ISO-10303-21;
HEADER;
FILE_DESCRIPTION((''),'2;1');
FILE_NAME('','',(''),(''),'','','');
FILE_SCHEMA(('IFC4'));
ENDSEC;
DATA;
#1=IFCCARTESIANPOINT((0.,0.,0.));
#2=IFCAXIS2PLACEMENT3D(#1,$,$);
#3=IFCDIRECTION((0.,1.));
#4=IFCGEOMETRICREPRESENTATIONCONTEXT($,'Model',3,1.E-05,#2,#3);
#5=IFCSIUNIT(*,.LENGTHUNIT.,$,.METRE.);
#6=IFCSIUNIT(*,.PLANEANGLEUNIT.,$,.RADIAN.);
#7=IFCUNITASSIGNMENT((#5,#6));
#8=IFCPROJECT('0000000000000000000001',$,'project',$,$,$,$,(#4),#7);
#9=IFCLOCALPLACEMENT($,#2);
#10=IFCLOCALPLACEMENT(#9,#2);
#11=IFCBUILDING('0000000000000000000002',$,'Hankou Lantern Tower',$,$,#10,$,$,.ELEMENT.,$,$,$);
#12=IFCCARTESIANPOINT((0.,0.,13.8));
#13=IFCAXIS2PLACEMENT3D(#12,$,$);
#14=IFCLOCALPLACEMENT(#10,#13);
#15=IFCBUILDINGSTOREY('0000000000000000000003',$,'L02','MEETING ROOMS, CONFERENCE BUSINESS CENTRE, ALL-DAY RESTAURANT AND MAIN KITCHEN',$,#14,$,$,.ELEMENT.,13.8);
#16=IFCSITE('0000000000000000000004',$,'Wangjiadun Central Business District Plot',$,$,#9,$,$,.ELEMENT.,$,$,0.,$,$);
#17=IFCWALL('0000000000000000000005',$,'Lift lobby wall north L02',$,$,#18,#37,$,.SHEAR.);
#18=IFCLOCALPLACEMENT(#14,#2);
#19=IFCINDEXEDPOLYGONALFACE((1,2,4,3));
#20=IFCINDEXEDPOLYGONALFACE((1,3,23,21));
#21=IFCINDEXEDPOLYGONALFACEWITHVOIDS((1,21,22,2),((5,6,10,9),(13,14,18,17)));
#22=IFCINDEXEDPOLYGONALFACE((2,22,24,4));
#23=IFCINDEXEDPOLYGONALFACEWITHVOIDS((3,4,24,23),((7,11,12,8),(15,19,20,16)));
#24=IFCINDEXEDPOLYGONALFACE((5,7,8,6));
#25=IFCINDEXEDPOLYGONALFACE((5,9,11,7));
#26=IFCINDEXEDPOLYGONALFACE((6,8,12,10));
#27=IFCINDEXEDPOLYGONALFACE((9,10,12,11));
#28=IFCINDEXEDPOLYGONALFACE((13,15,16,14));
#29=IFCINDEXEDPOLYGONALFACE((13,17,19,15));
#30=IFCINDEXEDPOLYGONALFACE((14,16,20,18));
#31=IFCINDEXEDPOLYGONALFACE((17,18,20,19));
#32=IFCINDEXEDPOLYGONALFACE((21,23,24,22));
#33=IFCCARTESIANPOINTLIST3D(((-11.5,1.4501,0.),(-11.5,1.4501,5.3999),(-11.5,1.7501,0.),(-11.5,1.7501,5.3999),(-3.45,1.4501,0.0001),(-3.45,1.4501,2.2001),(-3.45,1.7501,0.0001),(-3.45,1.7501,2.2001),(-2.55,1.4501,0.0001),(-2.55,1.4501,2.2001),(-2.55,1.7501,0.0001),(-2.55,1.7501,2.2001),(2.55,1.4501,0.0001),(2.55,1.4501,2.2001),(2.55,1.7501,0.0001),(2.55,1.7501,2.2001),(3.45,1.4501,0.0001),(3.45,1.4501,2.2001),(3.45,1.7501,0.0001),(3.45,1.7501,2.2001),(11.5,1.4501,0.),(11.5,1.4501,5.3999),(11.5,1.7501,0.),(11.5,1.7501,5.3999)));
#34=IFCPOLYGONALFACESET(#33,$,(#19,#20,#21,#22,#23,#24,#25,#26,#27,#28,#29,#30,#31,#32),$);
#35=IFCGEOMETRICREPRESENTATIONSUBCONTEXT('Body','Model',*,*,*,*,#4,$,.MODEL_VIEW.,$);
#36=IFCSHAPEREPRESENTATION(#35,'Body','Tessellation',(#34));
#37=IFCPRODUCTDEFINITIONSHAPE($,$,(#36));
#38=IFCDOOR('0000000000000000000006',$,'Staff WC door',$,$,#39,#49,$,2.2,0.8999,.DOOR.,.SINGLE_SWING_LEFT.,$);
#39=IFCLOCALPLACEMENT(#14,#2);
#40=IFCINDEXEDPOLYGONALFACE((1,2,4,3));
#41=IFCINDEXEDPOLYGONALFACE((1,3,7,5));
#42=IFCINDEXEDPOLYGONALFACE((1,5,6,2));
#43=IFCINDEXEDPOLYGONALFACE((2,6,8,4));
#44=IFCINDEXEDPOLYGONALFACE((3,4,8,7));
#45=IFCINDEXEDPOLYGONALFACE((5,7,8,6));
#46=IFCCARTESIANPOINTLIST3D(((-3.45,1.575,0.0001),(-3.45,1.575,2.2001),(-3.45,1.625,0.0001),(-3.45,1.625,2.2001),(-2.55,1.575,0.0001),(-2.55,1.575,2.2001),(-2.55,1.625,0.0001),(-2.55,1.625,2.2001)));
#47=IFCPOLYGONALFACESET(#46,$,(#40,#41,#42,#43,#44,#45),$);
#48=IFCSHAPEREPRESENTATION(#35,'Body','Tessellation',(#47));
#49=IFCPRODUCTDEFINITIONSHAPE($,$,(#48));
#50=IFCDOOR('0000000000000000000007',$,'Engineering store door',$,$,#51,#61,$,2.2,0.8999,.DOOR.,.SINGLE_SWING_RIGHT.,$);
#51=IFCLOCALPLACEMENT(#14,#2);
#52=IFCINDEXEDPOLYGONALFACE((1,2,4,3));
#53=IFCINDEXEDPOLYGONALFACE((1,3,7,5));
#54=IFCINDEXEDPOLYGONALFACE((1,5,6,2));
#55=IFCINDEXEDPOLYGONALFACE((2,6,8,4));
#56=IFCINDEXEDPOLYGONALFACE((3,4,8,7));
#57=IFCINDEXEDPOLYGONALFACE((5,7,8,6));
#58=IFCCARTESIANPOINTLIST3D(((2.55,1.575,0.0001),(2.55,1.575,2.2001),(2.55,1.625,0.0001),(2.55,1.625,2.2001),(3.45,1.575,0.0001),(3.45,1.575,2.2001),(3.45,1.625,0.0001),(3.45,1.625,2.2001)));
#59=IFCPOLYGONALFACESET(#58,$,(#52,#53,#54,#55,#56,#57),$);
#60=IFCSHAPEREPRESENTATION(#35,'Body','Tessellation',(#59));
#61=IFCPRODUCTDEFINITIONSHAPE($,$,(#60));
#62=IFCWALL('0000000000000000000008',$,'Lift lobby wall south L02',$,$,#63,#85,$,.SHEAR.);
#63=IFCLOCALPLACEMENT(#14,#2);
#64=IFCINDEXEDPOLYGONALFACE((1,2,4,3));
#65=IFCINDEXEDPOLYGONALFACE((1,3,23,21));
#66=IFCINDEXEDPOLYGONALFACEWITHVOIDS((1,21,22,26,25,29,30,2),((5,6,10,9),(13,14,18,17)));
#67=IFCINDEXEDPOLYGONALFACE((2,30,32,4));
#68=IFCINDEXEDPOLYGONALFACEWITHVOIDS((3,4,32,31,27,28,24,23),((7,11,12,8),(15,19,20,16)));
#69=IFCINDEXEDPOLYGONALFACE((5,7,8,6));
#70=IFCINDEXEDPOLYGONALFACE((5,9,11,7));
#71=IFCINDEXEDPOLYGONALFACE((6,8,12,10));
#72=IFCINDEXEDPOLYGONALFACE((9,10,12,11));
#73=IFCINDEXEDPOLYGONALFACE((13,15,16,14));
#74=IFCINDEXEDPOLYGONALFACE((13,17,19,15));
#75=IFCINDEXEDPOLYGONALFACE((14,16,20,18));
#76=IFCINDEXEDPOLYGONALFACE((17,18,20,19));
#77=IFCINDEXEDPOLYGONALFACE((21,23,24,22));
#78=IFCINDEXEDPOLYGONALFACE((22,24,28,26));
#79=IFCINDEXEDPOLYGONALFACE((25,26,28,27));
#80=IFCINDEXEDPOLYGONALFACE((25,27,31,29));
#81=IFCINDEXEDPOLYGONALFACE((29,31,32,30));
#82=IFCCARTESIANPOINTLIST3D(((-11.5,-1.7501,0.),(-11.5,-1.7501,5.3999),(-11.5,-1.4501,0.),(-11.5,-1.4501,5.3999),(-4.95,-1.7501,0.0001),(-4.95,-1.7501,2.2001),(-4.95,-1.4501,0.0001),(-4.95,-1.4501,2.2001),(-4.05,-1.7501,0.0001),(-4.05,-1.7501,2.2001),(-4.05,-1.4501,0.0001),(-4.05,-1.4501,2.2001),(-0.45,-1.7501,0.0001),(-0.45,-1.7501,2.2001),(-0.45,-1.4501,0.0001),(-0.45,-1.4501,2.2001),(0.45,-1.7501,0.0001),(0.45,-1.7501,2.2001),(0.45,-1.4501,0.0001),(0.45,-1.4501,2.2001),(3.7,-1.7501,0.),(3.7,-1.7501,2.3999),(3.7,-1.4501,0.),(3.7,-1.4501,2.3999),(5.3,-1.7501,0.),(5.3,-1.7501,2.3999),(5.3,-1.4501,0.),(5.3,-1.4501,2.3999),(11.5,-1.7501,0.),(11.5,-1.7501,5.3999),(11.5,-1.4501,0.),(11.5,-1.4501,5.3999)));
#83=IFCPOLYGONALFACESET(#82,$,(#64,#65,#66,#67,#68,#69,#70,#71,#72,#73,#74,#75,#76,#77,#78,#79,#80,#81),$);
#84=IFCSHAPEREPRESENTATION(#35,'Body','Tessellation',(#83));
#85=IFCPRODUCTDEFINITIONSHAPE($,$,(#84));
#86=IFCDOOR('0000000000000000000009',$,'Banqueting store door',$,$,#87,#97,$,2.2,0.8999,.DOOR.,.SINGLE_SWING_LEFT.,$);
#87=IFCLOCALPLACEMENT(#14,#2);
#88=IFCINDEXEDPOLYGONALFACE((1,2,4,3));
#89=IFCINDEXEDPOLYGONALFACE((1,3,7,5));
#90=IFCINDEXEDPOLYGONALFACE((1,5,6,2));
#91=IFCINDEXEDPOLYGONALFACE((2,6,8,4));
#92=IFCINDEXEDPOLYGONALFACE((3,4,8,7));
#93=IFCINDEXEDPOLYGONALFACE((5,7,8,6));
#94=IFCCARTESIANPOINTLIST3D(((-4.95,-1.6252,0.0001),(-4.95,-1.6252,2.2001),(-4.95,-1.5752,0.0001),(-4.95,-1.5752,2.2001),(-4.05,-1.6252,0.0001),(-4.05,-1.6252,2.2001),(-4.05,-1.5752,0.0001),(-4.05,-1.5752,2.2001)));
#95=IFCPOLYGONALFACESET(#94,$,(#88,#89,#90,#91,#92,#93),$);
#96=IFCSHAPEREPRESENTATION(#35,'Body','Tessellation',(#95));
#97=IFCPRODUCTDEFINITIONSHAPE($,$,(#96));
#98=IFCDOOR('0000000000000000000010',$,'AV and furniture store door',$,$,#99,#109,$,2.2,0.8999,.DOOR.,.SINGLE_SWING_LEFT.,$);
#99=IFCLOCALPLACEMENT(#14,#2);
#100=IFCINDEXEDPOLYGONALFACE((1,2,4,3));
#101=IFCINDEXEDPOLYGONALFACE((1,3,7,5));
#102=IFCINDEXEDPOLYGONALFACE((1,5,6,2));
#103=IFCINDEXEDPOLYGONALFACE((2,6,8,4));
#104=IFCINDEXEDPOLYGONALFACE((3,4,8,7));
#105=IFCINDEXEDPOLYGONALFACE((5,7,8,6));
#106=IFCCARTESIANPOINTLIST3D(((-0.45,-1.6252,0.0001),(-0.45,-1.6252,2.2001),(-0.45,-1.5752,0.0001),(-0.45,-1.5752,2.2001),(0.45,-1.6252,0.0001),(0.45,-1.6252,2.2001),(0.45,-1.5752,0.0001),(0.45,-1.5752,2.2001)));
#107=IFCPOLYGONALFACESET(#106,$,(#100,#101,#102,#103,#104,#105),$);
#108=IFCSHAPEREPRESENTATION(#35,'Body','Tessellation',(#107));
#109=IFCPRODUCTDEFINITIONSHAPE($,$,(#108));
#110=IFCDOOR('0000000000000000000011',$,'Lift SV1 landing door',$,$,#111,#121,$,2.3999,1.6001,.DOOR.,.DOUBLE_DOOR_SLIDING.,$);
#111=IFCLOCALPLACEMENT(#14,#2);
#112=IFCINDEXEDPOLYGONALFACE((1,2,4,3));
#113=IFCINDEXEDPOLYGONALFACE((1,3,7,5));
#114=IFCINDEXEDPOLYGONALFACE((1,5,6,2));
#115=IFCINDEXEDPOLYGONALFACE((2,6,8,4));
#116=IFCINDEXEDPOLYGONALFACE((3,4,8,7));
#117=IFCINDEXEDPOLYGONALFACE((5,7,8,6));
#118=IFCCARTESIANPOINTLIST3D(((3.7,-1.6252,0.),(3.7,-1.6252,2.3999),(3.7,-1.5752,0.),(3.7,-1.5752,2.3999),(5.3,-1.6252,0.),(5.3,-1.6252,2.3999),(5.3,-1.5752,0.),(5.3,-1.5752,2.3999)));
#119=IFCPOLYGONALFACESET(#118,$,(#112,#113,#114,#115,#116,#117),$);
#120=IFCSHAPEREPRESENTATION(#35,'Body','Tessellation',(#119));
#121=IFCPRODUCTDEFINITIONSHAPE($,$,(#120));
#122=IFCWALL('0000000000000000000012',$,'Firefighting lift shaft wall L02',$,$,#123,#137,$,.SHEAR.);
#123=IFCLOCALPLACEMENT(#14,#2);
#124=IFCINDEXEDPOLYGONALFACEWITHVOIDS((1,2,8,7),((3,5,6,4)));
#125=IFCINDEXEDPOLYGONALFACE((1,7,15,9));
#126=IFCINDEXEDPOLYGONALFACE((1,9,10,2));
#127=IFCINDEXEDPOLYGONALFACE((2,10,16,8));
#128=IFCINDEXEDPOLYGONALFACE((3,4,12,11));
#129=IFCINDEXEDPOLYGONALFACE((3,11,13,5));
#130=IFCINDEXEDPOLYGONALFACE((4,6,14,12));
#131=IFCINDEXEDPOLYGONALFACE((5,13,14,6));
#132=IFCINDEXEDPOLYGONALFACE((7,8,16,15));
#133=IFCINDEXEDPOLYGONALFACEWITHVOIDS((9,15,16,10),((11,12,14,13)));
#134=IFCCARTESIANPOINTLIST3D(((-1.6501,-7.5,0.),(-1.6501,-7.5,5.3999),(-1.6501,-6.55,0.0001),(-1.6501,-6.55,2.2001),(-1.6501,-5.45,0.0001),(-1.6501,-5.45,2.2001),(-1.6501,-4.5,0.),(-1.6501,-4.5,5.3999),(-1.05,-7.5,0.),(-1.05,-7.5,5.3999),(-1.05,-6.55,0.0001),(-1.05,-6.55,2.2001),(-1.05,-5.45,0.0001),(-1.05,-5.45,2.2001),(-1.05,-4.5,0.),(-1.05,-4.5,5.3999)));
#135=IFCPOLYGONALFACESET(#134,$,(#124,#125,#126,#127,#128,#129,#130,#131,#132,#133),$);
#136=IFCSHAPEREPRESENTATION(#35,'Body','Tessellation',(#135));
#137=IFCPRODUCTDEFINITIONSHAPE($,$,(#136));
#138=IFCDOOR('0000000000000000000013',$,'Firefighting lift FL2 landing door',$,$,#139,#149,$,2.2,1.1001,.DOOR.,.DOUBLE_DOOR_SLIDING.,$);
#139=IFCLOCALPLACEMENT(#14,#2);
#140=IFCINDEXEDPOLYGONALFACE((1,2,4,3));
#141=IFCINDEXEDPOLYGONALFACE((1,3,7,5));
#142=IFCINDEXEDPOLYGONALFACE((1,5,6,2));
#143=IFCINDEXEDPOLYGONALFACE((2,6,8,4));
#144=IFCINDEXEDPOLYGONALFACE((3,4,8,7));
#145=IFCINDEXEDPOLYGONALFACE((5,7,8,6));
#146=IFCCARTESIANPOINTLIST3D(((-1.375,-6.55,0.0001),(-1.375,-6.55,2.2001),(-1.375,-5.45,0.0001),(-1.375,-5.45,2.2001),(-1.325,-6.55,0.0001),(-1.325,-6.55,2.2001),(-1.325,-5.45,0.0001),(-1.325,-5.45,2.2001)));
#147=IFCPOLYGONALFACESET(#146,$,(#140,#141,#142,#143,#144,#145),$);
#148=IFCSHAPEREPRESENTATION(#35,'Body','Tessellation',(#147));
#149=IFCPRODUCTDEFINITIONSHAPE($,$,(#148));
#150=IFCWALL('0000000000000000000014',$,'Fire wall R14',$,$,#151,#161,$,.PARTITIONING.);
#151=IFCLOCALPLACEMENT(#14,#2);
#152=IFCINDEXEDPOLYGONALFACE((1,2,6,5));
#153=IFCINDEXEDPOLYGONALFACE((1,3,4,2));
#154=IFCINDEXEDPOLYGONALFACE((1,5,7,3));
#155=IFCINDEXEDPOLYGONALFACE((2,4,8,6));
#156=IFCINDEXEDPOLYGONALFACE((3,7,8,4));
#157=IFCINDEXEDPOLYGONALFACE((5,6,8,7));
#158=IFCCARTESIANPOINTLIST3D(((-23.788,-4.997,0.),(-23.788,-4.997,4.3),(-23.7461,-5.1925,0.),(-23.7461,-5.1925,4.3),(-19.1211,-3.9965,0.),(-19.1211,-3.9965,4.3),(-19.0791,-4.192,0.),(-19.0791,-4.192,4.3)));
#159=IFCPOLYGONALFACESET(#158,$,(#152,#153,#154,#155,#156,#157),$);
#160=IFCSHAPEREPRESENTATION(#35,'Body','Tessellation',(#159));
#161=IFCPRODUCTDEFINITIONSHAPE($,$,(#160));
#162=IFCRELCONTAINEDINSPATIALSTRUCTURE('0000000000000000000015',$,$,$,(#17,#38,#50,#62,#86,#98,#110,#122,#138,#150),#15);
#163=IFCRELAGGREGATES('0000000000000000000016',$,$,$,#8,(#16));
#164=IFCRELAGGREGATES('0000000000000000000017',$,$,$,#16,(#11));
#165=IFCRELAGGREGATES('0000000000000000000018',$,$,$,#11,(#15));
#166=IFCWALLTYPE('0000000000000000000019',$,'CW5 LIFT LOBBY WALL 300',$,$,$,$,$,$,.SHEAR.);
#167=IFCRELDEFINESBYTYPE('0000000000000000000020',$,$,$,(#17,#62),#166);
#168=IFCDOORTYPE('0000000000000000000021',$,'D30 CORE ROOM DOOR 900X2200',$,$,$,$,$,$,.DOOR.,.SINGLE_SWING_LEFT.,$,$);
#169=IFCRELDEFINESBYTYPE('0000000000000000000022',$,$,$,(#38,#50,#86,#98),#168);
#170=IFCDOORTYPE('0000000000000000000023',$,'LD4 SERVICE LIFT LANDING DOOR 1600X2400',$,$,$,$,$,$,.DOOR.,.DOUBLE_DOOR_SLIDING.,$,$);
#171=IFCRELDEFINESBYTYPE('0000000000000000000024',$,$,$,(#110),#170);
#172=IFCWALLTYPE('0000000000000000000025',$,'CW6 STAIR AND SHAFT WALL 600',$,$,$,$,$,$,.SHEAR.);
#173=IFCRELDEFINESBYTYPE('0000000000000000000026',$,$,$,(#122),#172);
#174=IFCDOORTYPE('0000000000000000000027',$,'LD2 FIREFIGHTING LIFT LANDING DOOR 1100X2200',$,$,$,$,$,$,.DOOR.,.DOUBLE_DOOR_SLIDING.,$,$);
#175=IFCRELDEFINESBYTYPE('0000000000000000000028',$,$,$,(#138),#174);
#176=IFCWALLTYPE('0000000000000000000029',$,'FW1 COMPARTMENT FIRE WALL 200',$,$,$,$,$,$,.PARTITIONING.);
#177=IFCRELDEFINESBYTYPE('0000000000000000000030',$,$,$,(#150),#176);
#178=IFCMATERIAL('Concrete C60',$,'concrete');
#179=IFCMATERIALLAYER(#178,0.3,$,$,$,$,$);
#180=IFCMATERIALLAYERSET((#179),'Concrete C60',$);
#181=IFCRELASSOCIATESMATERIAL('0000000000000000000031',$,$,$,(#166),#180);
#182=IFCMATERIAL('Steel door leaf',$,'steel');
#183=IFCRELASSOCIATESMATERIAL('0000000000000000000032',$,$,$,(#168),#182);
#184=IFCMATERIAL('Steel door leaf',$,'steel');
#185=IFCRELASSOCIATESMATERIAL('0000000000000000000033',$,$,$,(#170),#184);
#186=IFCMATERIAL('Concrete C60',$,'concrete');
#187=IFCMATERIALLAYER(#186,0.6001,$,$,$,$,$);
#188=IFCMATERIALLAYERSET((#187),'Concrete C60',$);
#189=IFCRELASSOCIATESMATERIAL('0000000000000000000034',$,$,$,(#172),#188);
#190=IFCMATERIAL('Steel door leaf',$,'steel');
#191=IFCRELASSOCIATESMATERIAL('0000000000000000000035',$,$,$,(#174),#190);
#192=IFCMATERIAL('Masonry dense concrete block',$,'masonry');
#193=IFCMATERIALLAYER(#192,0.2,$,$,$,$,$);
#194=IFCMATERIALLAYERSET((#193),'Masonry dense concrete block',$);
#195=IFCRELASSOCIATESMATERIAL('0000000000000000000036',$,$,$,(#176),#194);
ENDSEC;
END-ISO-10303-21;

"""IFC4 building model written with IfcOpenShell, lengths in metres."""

from ifc_helpers import new_model, si_unit, direction, frame, frame_2d, origin, place, context, subcontext, project, spatial, rectangle, extrude, material, layer, layer_set, type_object, element, fill, save


model = new_model("IFC4")

# Units and contexts
model_context = context("Model", 3, precision=1e-05, world=origin(), true_north=direction((0.0, 1.0)))
body_context = subcontext(model_context, "Body", "Model", "MODEL_VIEW")
ifc_project = project(units=[si_unit("LENGTHUNIT", "METRE"), si_unit("PLANEANGLEUNIT", "RADIAN")], contexts=[model_context])

# Site, building, storey
site_placement = place(None, origin())
site = spatial("IfcSite", under=ifc_project, at=site_placement, Name="Wangjiadun Central Business District Plot", CompositionType="ELEMENT", RefElevation=0.0)
building_placement = place(site_placement, origin())
building = spatial("IfcBuilding", under=site, at=building_placement, Name="Hankou Lantern Tower", CompositionType="ELEMENT")
storey_placement = place(building_placement, frame((0.0, 0.0, 13.8)))
storey = spatial("IfcBuildingStorey", under=building, at=storey_placement, Name="L02", Description="MEETING ROOMS, CONFERENCE BUSINESS CENTRE, ALL-DAY RESTAURANT AND MAIN KITCHEN", CompositionType="ELEMENT", Elevation=13.8)

# Walls, openings, doors
ifc_material_1 = material(Name="Concrete C60", Category="concrete")
ifc_layer_1 = layer(ifc_material_1, 0.3)
ifc_layer_set_1 = layer_set([ifc_layer_1], Name="Concrete C60")
wall_type_1 = type_object("IfcWallType", Name="CW5 LIFT LOBBY WALL 300", PredefinedType="SHEAR", material=ifc_layer_set_1)
wall_1_placement = place(storey_placement, frame((-11.5, 1.6001, 0.0), z_axis=(0.0, 0.0, 1.0), x_axis=(1.0, 0.0, 0.0)))
wall_1 = element("IfcWall", 1, at=wall_1_placement, inside=storey, type_object=wall_type_1, Name="Lift lobby wall north L02", PredefinedType="SHEAR", context=body_context, shape_type="SweptSolid", body=[
    extrude(rectangle(XDim=23.0, YDim=0.3, at=frame_2d((11.5, 0.0))), origin(), (0.0, 0.0, 1.0), 5.3999),
])
opening_1_placement = place(wall_1_placement, frame((8.05, 0.0, 0.0)))
opening_1 = element("IfcOpeningElement", 2, at=opening_1_placement, cuts=wall_1, PredefinedType="OPENING", context=body_context, shape_type="SweptSolid", body=[
    extrude(rectangle(XDim=0.8999, YDim=2.2, at=frame_2d((0.45, 1.1001))), frame((0.0, 0.1599, 0.0), z_axis=(0.0, -1.0, 0.0), x_axis=(1.0, 0.0, 0.0)), (0.0, 0.0, 1.0), 0.3201),
])
opening_2_placement = place(wall_1_placement, frame((14.05, 0.0, 0.0)))
opening_2 = element("IfcOpeningElement", 3, at=opening_2_placement, cuts=wall_1, PredefinedType="OPENING", context=body_context, shape_type="SweptSolid", body=[
    extrude(rectangle(XDim=0.8999, YDim=2.2, at=frame_2d((0.45, 1.1001))), frame((0.0, 0.1599, 0.0), z_axis=(0.0, -1.0, 0.0), x_axis=(1.0, 0.0, 0.0)), (0.0, 0.0, 1.0), 0.3201),
])
ifc_material_2 = material(Name="Steel door leaf", Category="steel")
door_type_1 = type_object("IfcDoorType", Name="D30 CORE ROOM DOOR 900X2200", OperationType="SINGLE_SWING_LEFT", PredefinedType="DOOR", material=ifc_material_2)
door_1_placement = place(opening_1_placement, origin())
door_1 = element("IfcDoor", 4, at=door_1_placement, inside=storey, type_object=door_type_1, Name="Staff WC door", OperationType="SINGLE_SWING_LEFT", OverallHeight=2.2, OverallWidth=0.8999, PredefinedType="DOOR", context=body_context, shape_type="SweptSolid", body=[
    extrude(rectangle(XDim=0.8999, YDim=2.2, at=frame_2d((0.45, 1.1001))), frame((0.0, 0.0249, 0.0), z_axis=(0.0, -1.0, 0.0), x_axis=(1.0, 0.0, 0.0)), (0.0, 0.0, 1.0), 0.05),
])
fill(opening_1, door_1)
door_2_placement = place(opening_2_placement, origin())
door_2 = element("IfcDoor", 5, at=door_2_placement, inside=storey, type_object=door_type_1, Name="Engineering store door", OperationType="SINGLE_SWING_RIGHT", OverallHeight=2.2, OverallWidth=0.8999, PredefinedType="DOOR", context=body_context, shape_type="SweptSolid", body=[
    extrude(rectangle(XDim=0.8999, YDim=2.2, at=frame_2d((0.45, 1.1001))), frame((0.0, 0.0249, 0.0), z_axis=(0.0, -1.0, 0.0), x_axis=(1.0, 0.0, 0.0)), (0.0, 0.0, 1.0), 0.05),
])
fill(opening_2, door_2)
wall_2_placement = place(storey_placement, frame((-11.5, -1.6001, 0.0), z_axis=(0.0, 0.0, 1.0), x_axis=(1.0, 0.0, 0.0)))
wall_2 = element("IfcWall", 6, at=wall_2_placement, inside=storey, type_object=wall_type_1, Name="Lift lobby wall south L02", PredefinedType="SHEAR", context=body_context, shape_type="SweptSolid", body=[
    extrude(rectangle(XDim=23.0, YDim=0.3, at=frame_2d((11.5, 0.0))), origin(), (0.0, 0.0, 1.0), 5.3999),
])
opening_3_placement = place(wall_2_placement, frame((15.2, 0.0, 0.0)))
opening_3 = element("IfcOpeningElement", 7, at=opening_3_placement, cuts=wall_2, PredefinedType="OPENING", context=body_context, shape_type="SweptSolid", body=[
    extrude(rectangle(XDim=1.6001, YDim=2.3999, at=frame_2d((0.8, 1.2))), frame((0.0, 0.1599, 0.0), z_axis=(0.0, -1.0, 0.0), x_axis=(1.0, 0.0, 0.0)), (0.0, 0.0, 1.0), 0.3201),
])
opening_4_placement = place(wall_2_placement, frame((6.55, 0.0, 0.0)))
opening_4 = element("IfcOpeningElement", 8, at=opening_4_placement, cuts=wall_2, PredefinedType="OPENING", context=body_context, shape_type="SweptSolid", body=[
    extrude(rectangle(XDim=0.8999, YDim=2.2, at=frame_2d((0.45, 1.1001))), frame((0.0, 0.1599, 0.0), z_axis=(0.0, -1.0, 0.0), x_axis=(1.0, 0.0, 0.0)), (0.0, 0.0, 1.0), 0.3201),
])
opening_5_placement = place(wall_2_placement, frame((11.05, 0.0, 0.0)))
opening_5 = element("IfcOpeningElement", 9, at=opening_5_placement, cuts=wall_2, PredefinedType="OPENING", context=body_context, shape_type="SweptSolid", body=[
    extrude(rectangle(XDim=0.8999, YDim=2.2, at=frame_2d((0.45, 1.1001))), frame((0.0, 0.1599, 0.0), z_axis=(0.0, -1.0, 0.0), x_axis=(1.0, 0.0, 0.0)), (0.0, 0.0, 1.0), 0.3201),
])
door_3_placement = place(opening_4_placement, origin())
door_3 = element("IfcDoor", 10, at=door_3_placement, inside=storey, type_object=door_type_1, Name="Banqueting store door", OperationType="SINGLE_SWING_LEFT", OverallHeight=2.2, OverallWidth=0.8999, PredefinedType="DOOR", context=body_context, shape_type="SweptSolid", body=[
    extrude(rectangle(XDim=0.8999, YDim=2.2, at=frame_2d((0.45, 1.1001))), frame((0.0, 0.0249, 0.0), z_axis=(0.0, -1.0, 0.0), x_axis=(1.0, 0.0, 0.0)), (0.0, 0.0, 1.0), 0.05),
])
fill(opening_4, door_3)
door_4_placement = place(opening_5_placement, origin())
door_4 = element("IfcDoor", 11, at=door_4_placement, inside=storey, type_object=door_type_1, Name="AV and furniture store door", OperationType="SINGLE_SWING_LEFT", OverallHeight=2.2, OverallWidth=0.8999, PredefinedType="DOOR", context=body_context, shape_type="SweptSolid", body=[
    extrude(rectangle(XDim=0.8999, YDim=2.2, at=frame_2d((0.45, 1.1001))), frame((0.0, 0.0249, 0.0), z_axis=(0.0, -1.0, 0.0), x_axis=(1.0, 0.0, 0.0)), (0.0, 0.0, 1.0), 0.05),
])
fill(opening_5, door_4)
ifc_material_3 = material(Name="Steel door leaf", Category="steel")
door_type_2 = type_object("IfcDoorType", Name="LD4 SERVICE LIFT LANDING DOOR 1600X2400", OperationType="DOUBLE_DOOR_SLIDING", PredefinedType="DOOR", material=ifc_material_3)
door_5_placement = place(opening_3_placement, origin())
door_5 = element("IfcDoor", 12, at=door_5_placement, inside=storey, type_object=door_type_2, Name="Lift SV1 landing door", OperationType="DOUBLE_DOOR_SLIDING", OverallHeight=2.3999, OverallWidth=1.6001, PredefinedType="DOOR", context=body_context, shape_type="SweptSolid", body=[
    extrude(rectangle(XDim=1.6001, YDim=2.3999, at=frame_2d((0.8, 1.2))), frame((0.0, 0.0249, 0.0), z_axis=(0.0, -1.0, 0.0), x_axis=(1.0, 0.0, 0.0)), (0.0, 0.0, 1.0), 0.05),
])
fill(opening_3, door_5)

# Wall, opening, door
ifc_material_4 = material(Name="Concrete C60", Category="concrete")
ifc_layer_2 = layer(ifc_material_4, 0.6001)
ifc_layer_set_2 = layer_set([ifc_layer_2], Name="Concrete C60")
wall_type_2 = type_object("IfcWallType", Name="CW6 STAIR AND SHAFT WALL 600", PredefinedType="SHEAR", material=ifc_layer_set_2)
wall_3_placement = place(storey_placement, frame((-1.3501, -7.5, 0.0), z_axis=(0.0, 0.0, 1.0), x_axis=(0.0, 1.0, 0.0)))
wall_3 = element("IfcWall", 13, at=wall_3_placement, inside=storey, type_object=wall_type_2, Name="Firefighting lift shaft wall L02", PredefinedType="SHEAR", context=body_context, shape_type="SweptSolid", body=[
    extrude(rectangle(XDim=3.0, YDim=0.6001, at=frame_2d((1.5, 0.0))), origin(), (0.0, 0.0, 1.0), 5.3999),
])
opening_6_placement = place(wall_3_placement, frame((0.95, 0.0, 0.0)))
opening_6 = element("IfcOpeningElement", 14, at=opening_6_placement, cuts=wall_3, PredefinedType="OPENING", context=body_context, shape_type="SweptSolid", body=[
    extrude(rectangle(XDim=1.1001, YDim=2.2, at=frame_2d((0.55, 1.1001))), frame((0.0, 0.3101, 0.0), z_axis=(0.0, -1.0, 0.0), x_axis=(1.0, 0.0, 0.0)), (0.0, 0.0, 1.0), 0.6201),
])
ifc_material_5 = material(Name="Steel door leaf", Category="steel")
door_type_3 = type_object("IfcDoorType", Name="LD2 FIREFIGHTING LIFT LANDING DOOR 1100X2200", OperationType="DOUBLE_DOOR_SLIDING", PredefinedType="DOOR", material=ifc_material_5)
door_6_placement = place(opening_6_placement, origin())
door_6 = element("IfcDoor", 15, at=door_6_placement, inside=storey, type_object=door_type_3, Name="Firefighting lift FL2 landing door", OperationType="DOUBLE_DOOR_SLIDING", OverallHeight=2.2, OverallWidth=1.1001, PredefinedType="DOOR", context=body_context, shape_type="SweptSolid", body=[
    extrude(rectangle(XDim=1.1001, YDim=2.2, at=frame_2d((0.55, 1.1001))), frame((0.0, 0.0249, 0.0), z_axis=(0.0, -1.0, 0.0), x_axis=(1.0, 0.0, 0.0)), (0.0, 0.0, 1.0), 0.05),
])
fill(opening_6, door_6)

# Wall
ifc_material_6 = material(Name="Masonry dense concrete block", Category="masonry")
ifc_layer_3 = layer(ifc_material_6, 0.2)
ifc_layer_set_3 = layer_set([ifc_layer_3], Name="Masonry dense concrete block")
wall_type_3 = type_object("IfcWallType", Name="FW1 COMPARTMENT FIRE WALL 200", PredefinedType="PARTITIONING", material=ifc_layer_set_3)
wall_4_placement = place(storey_placement, frame((-19.1001, -4.0942, 0.0), z_axis=(0.0, 0.0, 1.0), x_axis=(-0.977784, -0.209613, 0.0)))
element("IfcWall", 16, at=wall_4_placement, inside=storey, type_object=wall_type_3, Name="Fire wall R14", PredefinedType="PARTITIONING", context=body_context, shape_type="SweptSolid", body=[
    extrude(rectangle(XDim=4.7729, YDim=0.2, at=frame_2d((2.3865, 0.0))), origin(), (0.0, 0.0, 1.0), 4.3),
])

save(model, "model.ifc")
